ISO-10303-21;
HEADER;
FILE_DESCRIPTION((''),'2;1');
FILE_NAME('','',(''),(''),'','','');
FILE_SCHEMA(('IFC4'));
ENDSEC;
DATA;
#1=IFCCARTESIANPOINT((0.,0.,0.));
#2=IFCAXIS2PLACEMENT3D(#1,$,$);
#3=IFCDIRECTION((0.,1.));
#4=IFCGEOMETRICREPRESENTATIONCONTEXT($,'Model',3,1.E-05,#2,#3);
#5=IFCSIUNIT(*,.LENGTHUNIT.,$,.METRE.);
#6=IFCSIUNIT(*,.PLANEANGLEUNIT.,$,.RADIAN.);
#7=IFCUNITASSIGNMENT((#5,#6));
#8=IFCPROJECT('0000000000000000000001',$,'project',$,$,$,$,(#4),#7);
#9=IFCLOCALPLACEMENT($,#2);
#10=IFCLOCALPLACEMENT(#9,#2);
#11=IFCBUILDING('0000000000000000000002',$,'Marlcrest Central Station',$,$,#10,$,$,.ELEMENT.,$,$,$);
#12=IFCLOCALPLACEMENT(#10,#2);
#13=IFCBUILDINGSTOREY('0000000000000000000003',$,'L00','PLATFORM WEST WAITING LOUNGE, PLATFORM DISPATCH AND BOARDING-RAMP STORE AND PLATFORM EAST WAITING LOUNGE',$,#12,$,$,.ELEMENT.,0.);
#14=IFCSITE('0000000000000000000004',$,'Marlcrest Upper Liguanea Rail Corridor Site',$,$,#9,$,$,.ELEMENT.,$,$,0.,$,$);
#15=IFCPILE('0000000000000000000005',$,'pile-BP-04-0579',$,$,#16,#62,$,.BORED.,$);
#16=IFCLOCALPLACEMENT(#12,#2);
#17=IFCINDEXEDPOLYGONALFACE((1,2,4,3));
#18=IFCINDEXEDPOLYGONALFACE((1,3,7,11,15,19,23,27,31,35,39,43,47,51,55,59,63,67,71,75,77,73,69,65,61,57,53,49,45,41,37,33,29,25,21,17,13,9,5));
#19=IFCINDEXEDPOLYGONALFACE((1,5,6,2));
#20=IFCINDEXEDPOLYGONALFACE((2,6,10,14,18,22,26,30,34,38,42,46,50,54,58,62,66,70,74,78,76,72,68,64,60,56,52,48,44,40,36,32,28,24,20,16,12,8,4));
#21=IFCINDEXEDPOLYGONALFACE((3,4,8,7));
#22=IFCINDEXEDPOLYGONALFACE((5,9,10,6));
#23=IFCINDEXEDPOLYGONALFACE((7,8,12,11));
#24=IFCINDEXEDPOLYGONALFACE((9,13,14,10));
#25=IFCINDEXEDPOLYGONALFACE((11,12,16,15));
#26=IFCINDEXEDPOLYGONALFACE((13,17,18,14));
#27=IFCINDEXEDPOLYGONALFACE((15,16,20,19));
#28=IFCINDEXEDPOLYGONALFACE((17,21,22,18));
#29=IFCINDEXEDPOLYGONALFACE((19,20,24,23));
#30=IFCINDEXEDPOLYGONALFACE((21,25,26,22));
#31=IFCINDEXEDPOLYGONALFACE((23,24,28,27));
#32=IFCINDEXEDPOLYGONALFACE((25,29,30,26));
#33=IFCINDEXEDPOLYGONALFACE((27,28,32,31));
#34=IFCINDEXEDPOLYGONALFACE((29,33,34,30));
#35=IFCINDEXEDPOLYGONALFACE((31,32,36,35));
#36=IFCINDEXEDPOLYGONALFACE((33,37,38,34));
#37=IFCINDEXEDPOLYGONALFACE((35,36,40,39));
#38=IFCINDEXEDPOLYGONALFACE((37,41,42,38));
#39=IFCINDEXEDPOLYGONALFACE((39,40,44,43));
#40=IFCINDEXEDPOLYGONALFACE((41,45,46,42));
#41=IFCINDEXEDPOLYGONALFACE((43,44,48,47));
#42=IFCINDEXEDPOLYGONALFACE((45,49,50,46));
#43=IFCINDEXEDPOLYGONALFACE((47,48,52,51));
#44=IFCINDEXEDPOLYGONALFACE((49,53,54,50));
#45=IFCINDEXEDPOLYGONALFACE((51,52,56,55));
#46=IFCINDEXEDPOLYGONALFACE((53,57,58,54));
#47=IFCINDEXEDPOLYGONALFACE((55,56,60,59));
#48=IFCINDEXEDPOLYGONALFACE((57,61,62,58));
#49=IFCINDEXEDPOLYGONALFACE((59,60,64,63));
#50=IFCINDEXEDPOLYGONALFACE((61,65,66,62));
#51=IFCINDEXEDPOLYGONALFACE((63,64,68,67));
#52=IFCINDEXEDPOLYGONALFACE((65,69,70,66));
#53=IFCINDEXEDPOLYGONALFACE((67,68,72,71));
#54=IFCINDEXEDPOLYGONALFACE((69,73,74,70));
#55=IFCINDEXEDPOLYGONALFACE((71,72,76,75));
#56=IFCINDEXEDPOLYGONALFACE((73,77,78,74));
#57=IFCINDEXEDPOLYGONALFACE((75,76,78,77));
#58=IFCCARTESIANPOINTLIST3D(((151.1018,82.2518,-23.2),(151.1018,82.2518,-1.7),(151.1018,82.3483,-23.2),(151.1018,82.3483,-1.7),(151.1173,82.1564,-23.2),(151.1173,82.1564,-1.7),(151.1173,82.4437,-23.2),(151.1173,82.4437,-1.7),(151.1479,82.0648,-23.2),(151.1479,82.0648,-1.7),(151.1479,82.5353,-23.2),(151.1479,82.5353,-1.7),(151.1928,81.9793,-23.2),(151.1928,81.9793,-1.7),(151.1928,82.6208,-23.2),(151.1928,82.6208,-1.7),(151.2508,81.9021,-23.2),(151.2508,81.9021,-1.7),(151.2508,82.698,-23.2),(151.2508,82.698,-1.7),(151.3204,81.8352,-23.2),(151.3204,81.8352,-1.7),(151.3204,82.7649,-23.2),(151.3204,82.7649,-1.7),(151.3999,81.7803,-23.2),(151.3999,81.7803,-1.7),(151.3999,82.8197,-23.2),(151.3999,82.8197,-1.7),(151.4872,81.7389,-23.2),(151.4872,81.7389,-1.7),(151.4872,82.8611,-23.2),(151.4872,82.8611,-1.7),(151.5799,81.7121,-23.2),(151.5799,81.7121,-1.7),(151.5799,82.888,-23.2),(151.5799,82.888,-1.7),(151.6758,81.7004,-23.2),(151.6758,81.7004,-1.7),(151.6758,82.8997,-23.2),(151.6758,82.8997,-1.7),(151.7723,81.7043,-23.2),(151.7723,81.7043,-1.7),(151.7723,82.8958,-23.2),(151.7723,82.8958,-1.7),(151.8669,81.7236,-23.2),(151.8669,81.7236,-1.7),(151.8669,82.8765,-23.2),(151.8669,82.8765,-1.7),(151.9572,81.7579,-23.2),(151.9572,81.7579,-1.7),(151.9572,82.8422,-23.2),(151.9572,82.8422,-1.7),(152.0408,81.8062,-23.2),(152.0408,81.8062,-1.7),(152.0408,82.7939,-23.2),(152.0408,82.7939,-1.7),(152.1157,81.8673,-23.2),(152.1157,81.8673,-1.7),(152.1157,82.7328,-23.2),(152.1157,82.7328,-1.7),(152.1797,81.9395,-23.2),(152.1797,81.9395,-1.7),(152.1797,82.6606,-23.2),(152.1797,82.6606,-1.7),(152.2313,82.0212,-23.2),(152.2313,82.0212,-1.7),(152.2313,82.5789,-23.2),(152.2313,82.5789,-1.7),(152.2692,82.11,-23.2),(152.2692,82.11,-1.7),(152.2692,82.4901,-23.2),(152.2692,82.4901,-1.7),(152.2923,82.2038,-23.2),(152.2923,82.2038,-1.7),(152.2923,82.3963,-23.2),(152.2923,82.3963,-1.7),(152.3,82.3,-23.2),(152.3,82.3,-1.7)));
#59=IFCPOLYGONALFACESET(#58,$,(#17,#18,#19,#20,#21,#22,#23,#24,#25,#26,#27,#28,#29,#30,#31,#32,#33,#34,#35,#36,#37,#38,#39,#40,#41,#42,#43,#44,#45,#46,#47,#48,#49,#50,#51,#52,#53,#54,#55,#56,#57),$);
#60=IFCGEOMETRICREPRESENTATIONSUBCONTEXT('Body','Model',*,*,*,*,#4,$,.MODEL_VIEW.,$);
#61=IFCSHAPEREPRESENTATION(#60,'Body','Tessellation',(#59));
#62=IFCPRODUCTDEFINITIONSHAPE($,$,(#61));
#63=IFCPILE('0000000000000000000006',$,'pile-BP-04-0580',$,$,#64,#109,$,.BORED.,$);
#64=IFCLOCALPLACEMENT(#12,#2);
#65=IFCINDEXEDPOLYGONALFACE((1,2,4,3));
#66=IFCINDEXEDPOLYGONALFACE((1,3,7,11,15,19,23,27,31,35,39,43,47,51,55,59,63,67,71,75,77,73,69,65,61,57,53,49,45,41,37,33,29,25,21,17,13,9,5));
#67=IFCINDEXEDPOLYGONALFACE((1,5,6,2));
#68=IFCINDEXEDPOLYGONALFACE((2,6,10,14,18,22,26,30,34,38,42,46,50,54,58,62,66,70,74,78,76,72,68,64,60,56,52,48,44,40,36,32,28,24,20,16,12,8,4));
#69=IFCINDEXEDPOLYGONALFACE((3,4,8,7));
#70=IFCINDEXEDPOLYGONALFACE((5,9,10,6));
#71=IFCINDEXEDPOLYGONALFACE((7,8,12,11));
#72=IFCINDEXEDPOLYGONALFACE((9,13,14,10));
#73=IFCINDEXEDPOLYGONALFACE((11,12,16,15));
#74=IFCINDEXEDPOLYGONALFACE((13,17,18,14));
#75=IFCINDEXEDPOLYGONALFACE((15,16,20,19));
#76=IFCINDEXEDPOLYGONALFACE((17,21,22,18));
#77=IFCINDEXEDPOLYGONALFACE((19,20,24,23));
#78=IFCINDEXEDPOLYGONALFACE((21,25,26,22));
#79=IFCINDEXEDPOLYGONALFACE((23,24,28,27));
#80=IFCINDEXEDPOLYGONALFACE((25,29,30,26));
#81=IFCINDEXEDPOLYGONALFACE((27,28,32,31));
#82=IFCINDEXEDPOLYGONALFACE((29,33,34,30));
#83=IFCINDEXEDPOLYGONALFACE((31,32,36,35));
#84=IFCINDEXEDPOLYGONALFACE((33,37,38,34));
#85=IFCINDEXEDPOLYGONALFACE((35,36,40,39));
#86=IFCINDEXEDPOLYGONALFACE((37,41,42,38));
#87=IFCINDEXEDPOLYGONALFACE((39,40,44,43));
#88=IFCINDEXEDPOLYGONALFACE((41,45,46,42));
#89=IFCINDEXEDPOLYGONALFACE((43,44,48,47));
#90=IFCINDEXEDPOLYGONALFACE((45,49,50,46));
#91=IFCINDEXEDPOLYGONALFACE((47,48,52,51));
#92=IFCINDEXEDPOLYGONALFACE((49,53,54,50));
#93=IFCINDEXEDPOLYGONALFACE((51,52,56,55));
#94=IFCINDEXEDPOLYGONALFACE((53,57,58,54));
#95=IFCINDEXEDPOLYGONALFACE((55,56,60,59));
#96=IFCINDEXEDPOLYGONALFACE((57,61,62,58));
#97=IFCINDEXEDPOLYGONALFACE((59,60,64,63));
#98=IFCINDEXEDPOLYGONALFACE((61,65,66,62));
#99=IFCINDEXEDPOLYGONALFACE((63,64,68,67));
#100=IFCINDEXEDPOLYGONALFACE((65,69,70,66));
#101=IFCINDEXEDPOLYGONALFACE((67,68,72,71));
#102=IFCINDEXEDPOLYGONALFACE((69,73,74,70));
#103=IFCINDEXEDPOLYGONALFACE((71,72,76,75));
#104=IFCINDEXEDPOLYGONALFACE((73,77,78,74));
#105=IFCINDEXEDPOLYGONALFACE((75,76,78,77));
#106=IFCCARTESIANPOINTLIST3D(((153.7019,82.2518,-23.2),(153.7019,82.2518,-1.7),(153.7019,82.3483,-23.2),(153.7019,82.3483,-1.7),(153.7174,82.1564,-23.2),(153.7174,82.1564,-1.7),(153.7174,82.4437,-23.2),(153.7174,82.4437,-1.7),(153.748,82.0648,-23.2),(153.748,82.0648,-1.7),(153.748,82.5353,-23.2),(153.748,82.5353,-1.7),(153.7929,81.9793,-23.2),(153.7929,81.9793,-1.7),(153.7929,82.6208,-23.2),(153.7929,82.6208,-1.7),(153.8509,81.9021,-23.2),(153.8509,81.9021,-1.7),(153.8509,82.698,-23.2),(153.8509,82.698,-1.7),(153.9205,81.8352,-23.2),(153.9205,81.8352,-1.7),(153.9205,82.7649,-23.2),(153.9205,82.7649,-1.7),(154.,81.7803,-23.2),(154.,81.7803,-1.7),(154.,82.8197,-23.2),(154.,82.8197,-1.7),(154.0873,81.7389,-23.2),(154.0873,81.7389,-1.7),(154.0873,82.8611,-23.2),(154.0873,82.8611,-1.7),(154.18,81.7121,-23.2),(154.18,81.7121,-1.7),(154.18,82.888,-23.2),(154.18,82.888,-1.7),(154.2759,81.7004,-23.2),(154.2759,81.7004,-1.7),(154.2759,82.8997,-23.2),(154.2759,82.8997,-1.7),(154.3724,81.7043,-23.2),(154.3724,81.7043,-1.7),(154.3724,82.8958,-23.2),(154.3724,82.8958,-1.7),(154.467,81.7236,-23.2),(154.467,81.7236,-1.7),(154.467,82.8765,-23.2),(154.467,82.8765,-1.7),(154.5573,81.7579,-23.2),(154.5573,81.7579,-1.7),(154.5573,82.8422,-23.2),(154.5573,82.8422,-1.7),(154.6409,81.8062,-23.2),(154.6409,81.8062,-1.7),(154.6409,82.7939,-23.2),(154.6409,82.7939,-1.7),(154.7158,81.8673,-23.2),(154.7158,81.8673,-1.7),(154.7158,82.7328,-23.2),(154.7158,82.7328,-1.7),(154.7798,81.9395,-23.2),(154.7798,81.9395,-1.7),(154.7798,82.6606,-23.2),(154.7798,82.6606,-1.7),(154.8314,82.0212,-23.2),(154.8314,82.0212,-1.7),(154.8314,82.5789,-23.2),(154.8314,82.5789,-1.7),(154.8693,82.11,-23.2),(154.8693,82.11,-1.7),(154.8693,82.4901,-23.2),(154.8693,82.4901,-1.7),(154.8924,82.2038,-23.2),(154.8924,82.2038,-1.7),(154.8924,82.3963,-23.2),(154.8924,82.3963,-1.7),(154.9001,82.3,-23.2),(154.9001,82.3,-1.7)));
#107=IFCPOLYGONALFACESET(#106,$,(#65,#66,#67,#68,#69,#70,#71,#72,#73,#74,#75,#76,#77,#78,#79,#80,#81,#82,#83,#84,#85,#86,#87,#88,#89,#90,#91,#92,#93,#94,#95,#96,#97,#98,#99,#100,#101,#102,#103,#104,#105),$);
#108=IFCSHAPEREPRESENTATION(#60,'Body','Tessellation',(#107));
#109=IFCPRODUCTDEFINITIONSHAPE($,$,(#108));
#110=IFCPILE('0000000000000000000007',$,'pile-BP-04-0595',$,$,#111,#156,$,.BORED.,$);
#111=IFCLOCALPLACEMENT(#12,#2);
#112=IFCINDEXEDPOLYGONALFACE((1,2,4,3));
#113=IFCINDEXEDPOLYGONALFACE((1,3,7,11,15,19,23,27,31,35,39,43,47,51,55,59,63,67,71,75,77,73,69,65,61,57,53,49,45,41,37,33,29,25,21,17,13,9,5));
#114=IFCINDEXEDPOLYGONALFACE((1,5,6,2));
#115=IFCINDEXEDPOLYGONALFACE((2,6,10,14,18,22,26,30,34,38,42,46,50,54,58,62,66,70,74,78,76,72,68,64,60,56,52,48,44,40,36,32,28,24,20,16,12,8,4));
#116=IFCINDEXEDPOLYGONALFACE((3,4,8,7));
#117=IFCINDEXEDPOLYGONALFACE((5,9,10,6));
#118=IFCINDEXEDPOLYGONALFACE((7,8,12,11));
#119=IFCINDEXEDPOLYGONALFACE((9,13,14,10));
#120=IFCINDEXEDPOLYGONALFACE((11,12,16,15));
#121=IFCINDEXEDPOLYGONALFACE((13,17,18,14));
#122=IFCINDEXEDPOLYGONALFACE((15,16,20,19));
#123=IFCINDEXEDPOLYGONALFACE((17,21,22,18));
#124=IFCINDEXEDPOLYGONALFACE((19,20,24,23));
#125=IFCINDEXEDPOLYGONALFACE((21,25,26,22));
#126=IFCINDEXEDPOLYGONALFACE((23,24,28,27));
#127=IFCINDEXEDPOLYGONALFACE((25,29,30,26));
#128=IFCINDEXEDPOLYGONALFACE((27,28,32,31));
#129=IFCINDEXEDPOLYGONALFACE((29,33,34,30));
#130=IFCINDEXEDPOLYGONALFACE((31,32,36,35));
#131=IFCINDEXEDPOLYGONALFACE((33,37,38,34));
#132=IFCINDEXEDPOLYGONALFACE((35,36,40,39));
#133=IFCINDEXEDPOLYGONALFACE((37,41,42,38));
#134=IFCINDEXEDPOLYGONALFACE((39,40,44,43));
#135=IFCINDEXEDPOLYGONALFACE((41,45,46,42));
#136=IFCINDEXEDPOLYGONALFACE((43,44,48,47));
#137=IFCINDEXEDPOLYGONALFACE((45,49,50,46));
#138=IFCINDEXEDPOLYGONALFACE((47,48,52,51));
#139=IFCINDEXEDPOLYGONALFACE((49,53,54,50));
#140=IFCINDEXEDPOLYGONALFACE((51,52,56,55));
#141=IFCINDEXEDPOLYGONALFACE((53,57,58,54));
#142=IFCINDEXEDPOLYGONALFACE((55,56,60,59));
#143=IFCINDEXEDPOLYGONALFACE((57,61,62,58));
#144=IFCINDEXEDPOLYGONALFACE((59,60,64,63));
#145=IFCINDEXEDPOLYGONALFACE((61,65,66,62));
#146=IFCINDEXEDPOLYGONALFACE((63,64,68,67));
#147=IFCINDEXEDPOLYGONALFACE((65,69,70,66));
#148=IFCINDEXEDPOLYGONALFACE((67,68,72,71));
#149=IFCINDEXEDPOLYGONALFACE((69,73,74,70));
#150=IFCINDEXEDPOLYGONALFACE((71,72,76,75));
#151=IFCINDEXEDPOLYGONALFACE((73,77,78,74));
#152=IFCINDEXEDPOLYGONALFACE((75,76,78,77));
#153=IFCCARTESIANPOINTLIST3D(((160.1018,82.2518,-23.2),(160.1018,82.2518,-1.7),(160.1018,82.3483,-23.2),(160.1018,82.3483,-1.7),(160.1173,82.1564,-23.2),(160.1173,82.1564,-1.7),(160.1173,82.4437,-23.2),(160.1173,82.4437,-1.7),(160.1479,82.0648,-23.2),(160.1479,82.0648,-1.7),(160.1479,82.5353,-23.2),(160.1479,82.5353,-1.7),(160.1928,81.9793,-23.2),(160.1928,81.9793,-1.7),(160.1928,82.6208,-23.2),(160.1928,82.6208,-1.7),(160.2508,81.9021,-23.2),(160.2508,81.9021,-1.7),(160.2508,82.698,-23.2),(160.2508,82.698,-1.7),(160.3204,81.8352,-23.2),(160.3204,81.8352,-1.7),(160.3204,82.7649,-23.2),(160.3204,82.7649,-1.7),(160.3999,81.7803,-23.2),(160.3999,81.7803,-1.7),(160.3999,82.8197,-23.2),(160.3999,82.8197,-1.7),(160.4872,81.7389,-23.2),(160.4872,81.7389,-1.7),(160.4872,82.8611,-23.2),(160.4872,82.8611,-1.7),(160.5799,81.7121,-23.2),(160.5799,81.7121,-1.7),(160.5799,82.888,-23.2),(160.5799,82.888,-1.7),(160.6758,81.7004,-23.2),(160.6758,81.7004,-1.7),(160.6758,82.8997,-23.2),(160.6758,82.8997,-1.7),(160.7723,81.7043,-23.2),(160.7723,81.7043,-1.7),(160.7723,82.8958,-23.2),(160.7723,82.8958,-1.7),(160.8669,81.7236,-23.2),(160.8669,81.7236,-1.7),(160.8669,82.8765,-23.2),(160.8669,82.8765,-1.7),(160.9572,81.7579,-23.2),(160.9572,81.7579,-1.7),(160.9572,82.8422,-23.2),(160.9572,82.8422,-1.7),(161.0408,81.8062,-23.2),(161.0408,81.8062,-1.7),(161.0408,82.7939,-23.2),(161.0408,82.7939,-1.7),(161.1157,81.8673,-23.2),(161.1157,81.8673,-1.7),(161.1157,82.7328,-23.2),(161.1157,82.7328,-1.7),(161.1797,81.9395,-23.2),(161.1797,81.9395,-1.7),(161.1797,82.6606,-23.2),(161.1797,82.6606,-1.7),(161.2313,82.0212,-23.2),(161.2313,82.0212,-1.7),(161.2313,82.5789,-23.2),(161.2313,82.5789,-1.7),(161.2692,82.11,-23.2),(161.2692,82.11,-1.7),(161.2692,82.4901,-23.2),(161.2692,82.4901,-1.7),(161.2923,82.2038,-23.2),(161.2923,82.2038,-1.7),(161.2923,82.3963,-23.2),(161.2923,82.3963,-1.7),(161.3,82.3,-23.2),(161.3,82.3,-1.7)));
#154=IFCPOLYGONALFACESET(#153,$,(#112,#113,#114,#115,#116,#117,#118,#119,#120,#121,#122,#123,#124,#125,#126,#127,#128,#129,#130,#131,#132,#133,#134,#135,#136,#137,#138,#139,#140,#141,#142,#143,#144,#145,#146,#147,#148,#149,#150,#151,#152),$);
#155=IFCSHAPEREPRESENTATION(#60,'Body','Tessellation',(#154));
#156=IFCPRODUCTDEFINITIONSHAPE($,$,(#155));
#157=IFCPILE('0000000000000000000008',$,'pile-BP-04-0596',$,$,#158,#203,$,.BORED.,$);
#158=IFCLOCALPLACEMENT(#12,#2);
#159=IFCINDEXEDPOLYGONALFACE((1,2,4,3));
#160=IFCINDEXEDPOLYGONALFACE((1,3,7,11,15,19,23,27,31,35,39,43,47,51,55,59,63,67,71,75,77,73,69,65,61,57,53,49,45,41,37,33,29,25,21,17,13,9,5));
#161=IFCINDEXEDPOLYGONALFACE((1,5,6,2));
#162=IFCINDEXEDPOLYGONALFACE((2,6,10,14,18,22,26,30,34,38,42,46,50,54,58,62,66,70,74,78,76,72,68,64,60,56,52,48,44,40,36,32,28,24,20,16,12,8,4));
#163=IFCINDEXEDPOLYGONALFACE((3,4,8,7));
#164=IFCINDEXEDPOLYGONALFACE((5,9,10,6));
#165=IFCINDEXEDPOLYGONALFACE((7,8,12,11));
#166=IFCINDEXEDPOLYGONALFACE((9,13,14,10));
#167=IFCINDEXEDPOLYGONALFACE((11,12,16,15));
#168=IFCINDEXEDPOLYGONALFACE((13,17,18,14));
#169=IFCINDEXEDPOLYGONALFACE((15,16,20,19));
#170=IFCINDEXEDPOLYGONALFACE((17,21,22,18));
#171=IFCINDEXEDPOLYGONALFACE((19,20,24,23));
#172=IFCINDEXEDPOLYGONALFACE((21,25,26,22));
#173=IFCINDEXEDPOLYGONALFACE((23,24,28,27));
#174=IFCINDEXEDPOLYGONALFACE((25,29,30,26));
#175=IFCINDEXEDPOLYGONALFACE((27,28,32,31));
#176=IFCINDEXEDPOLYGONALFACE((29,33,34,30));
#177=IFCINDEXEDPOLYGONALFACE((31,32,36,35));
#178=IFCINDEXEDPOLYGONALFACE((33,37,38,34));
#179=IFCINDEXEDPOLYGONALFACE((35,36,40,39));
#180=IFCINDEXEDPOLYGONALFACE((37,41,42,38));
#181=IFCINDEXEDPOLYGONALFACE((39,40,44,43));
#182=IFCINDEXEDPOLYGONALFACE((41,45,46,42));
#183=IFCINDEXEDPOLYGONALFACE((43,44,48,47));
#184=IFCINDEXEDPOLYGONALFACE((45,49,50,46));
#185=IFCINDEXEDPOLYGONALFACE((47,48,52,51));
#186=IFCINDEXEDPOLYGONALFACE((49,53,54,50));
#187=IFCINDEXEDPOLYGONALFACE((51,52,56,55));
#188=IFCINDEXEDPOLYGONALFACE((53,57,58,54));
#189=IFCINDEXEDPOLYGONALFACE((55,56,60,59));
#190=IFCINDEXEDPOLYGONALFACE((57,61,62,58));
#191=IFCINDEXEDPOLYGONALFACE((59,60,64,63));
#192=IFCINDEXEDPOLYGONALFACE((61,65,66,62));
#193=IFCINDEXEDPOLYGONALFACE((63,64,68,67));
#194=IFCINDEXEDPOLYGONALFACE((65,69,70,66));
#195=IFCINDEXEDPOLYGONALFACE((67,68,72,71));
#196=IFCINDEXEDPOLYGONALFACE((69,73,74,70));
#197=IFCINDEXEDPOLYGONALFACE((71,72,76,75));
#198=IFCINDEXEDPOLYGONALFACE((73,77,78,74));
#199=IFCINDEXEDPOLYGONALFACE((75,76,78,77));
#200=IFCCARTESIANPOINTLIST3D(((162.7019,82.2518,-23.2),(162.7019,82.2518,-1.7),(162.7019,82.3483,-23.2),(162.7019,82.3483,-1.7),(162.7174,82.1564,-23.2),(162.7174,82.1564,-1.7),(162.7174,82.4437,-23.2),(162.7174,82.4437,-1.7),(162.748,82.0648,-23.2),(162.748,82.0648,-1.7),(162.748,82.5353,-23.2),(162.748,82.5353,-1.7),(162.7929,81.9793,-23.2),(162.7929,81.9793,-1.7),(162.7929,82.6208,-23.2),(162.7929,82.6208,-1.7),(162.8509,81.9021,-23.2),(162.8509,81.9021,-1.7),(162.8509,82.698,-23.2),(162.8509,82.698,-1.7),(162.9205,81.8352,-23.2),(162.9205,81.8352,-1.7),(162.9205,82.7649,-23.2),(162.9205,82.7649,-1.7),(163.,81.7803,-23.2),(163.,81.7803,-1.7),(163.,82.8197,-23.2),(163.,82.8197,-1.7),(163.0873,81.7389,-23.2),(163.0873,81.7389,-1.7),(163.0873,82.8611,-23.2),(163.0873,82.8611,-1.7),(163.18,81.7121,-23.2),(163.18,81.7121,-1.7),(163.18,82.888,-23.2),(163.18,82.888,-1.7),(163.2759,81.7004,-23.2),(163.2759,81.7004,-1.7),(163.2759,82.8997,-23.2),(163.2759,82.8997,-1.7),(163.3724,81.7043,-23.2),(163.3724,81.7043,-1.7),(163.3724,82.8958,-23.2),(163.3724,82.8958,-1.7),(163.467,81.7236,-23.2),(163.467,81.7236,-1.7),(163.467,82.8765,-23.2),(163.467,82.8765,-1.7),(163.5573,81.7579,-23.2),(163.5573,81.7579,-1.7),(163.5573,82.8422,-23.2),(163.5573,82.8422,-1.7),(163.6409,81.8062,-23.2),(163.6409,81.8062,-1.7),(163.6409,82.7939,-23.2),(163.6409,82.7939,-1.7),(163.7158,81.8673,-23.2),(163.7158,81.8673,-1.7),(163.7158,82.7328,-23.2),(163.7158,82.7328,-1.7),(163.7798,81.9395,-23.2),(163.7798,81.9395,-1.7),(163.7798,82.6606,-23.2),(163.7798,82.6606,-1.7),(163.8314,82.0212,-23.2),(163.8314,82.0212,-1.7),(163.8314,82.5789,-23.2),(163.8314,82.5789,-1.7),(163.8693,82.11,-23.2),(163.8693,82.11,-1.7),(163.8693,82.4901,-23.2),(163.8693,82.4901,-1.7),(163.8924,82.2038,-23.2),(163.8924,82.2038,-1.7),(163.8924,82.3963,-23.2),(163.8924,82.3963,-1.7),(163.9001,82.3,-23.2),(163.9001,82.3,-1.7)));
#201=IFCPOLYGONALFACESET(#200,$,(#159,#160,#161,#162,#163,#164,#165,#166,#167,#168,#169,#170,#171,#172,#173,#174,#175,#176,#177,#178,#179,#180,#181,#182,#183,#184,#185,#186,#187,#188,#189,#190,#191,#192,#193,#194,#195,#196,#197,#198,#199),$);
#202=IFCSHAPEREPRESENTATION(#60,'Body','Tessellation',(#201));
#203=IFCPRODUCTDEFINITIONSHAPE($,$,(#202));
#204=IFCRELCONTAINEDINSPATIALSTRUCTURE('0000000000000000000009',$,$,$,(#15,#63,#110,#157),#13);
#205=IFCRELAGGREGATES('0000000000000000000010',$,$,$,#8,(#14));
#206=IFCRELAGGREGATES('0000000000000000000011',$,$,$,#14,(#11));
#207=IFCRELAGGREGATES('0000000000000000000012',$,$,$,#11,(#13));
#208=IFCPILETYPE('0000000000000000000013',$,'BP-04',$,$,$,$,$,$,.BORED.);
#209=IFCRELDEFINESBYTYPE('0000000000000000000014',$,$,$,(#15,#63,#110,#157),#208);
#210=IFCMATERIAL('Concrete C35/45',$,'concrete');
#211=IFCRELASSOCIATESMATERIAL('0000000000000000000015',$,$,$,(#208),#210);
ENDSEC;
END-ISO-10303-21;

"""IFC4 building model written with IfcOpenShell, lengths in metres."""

from ifc_helpers import new_model, si_unit, direction, frame, origin, origin_2d, place, context, subcontext, project, spatial, circle, extrude, material, material_profile, profile_set, type_object, element, save


model = new_model("IFC4")

# Units and contexts
model_context = context("Model", 3, precision=1e-05, world=origin(), true_north=direction((0.0, 1.0)))
body_context = subcontext(model_context, "Body", "Model", "MODEL_VIEW")
ifc_project = project(units=[si_unit("LENGTHUNIT", "METRE"), si_unit("PLANEANGLEUNIT", "RADIAN")], contexts=[model_context])

# Site, building, storey
site_placement = place(None, origin())
site = spatial("IfcSite", under=ifc_project, at=site_placement, Name="Marlcrest Upper Liguanea Rail Corridor Site", CompositionType="ELEMENT", RefElevation=0.0)
building_placement = place(site_placement, origin())
building = spatial("IfcBuilding", under=site, at=building_placement, Name="Marlcrest Central Station", CompositionType="ELEMENT")
storey_placement = place(building_placement, origin())
storey = spatial("IfcBuildingStorey", under=building, at=storey_placement, Name="L00", Description="PLATFORM WEST WAITING LOUNGE, PLATFORM DISPATCH AND BOARDING-RAMP STORE AND PLATFORM EAST WAITING LOUNGE", CompositionType="ELEMENT", Elevation=0.0)

# Piles
ifc_material_1 = material(Name="Concrete C35/45", Category="concrete")
ifc_material_profile_1 = material_profile(ifc_material_1, circle(Radius=0.6001, at=origin_2d()), Name="PILE D1200")
ifc_profile_set_1 = profile_set([ifc_material_profile_1], Name="Concrete C35/45")
pile_type_1 = type_object("IfcPileType", Name="BP-04", PredefinedType="BORED", material=ifc_profile_set_1)
for number, where, z_axis, x_axis, name in (
    (1, (151.7, 82.3, -1.7), (0.0, 0.0, -1.0), (1.0, 0.0, 0.0), "pile-BP-04-0579"),
    (2, (154.3, 82.3, -1.7), (0.0, 0.0, -1.0), (1.0, 0.0, 0.0), "pile-BP-04-0580"),
    (3, (160.7, 82.3, -1.7), (0.0, 0.0, -1.0), (1.0, 0.0, 0.0), "pile-BP-04-0595"),
    (4, (163.3, 82.3, -1.7), (0.0, 0.0, -1.0), (1.0, 0.0, 0.0), "pile-BP-04-0596"),
):
    element("IfcPile", number, at=place(storey_placement, frame(where, z_axis=z_axis, x_axis=x_axis)), inside=storey, type_object=pile_type_1, Name=name, PredefinedType="BORED", context=body_context, shape_type="SweptSolid", body=[
        extrude(circle(Radius=0.6001, at=origin_2d()), origin(), (0.0, 0.0, 1.0), 21.5),
    ])

save(model, "model.ifc")
